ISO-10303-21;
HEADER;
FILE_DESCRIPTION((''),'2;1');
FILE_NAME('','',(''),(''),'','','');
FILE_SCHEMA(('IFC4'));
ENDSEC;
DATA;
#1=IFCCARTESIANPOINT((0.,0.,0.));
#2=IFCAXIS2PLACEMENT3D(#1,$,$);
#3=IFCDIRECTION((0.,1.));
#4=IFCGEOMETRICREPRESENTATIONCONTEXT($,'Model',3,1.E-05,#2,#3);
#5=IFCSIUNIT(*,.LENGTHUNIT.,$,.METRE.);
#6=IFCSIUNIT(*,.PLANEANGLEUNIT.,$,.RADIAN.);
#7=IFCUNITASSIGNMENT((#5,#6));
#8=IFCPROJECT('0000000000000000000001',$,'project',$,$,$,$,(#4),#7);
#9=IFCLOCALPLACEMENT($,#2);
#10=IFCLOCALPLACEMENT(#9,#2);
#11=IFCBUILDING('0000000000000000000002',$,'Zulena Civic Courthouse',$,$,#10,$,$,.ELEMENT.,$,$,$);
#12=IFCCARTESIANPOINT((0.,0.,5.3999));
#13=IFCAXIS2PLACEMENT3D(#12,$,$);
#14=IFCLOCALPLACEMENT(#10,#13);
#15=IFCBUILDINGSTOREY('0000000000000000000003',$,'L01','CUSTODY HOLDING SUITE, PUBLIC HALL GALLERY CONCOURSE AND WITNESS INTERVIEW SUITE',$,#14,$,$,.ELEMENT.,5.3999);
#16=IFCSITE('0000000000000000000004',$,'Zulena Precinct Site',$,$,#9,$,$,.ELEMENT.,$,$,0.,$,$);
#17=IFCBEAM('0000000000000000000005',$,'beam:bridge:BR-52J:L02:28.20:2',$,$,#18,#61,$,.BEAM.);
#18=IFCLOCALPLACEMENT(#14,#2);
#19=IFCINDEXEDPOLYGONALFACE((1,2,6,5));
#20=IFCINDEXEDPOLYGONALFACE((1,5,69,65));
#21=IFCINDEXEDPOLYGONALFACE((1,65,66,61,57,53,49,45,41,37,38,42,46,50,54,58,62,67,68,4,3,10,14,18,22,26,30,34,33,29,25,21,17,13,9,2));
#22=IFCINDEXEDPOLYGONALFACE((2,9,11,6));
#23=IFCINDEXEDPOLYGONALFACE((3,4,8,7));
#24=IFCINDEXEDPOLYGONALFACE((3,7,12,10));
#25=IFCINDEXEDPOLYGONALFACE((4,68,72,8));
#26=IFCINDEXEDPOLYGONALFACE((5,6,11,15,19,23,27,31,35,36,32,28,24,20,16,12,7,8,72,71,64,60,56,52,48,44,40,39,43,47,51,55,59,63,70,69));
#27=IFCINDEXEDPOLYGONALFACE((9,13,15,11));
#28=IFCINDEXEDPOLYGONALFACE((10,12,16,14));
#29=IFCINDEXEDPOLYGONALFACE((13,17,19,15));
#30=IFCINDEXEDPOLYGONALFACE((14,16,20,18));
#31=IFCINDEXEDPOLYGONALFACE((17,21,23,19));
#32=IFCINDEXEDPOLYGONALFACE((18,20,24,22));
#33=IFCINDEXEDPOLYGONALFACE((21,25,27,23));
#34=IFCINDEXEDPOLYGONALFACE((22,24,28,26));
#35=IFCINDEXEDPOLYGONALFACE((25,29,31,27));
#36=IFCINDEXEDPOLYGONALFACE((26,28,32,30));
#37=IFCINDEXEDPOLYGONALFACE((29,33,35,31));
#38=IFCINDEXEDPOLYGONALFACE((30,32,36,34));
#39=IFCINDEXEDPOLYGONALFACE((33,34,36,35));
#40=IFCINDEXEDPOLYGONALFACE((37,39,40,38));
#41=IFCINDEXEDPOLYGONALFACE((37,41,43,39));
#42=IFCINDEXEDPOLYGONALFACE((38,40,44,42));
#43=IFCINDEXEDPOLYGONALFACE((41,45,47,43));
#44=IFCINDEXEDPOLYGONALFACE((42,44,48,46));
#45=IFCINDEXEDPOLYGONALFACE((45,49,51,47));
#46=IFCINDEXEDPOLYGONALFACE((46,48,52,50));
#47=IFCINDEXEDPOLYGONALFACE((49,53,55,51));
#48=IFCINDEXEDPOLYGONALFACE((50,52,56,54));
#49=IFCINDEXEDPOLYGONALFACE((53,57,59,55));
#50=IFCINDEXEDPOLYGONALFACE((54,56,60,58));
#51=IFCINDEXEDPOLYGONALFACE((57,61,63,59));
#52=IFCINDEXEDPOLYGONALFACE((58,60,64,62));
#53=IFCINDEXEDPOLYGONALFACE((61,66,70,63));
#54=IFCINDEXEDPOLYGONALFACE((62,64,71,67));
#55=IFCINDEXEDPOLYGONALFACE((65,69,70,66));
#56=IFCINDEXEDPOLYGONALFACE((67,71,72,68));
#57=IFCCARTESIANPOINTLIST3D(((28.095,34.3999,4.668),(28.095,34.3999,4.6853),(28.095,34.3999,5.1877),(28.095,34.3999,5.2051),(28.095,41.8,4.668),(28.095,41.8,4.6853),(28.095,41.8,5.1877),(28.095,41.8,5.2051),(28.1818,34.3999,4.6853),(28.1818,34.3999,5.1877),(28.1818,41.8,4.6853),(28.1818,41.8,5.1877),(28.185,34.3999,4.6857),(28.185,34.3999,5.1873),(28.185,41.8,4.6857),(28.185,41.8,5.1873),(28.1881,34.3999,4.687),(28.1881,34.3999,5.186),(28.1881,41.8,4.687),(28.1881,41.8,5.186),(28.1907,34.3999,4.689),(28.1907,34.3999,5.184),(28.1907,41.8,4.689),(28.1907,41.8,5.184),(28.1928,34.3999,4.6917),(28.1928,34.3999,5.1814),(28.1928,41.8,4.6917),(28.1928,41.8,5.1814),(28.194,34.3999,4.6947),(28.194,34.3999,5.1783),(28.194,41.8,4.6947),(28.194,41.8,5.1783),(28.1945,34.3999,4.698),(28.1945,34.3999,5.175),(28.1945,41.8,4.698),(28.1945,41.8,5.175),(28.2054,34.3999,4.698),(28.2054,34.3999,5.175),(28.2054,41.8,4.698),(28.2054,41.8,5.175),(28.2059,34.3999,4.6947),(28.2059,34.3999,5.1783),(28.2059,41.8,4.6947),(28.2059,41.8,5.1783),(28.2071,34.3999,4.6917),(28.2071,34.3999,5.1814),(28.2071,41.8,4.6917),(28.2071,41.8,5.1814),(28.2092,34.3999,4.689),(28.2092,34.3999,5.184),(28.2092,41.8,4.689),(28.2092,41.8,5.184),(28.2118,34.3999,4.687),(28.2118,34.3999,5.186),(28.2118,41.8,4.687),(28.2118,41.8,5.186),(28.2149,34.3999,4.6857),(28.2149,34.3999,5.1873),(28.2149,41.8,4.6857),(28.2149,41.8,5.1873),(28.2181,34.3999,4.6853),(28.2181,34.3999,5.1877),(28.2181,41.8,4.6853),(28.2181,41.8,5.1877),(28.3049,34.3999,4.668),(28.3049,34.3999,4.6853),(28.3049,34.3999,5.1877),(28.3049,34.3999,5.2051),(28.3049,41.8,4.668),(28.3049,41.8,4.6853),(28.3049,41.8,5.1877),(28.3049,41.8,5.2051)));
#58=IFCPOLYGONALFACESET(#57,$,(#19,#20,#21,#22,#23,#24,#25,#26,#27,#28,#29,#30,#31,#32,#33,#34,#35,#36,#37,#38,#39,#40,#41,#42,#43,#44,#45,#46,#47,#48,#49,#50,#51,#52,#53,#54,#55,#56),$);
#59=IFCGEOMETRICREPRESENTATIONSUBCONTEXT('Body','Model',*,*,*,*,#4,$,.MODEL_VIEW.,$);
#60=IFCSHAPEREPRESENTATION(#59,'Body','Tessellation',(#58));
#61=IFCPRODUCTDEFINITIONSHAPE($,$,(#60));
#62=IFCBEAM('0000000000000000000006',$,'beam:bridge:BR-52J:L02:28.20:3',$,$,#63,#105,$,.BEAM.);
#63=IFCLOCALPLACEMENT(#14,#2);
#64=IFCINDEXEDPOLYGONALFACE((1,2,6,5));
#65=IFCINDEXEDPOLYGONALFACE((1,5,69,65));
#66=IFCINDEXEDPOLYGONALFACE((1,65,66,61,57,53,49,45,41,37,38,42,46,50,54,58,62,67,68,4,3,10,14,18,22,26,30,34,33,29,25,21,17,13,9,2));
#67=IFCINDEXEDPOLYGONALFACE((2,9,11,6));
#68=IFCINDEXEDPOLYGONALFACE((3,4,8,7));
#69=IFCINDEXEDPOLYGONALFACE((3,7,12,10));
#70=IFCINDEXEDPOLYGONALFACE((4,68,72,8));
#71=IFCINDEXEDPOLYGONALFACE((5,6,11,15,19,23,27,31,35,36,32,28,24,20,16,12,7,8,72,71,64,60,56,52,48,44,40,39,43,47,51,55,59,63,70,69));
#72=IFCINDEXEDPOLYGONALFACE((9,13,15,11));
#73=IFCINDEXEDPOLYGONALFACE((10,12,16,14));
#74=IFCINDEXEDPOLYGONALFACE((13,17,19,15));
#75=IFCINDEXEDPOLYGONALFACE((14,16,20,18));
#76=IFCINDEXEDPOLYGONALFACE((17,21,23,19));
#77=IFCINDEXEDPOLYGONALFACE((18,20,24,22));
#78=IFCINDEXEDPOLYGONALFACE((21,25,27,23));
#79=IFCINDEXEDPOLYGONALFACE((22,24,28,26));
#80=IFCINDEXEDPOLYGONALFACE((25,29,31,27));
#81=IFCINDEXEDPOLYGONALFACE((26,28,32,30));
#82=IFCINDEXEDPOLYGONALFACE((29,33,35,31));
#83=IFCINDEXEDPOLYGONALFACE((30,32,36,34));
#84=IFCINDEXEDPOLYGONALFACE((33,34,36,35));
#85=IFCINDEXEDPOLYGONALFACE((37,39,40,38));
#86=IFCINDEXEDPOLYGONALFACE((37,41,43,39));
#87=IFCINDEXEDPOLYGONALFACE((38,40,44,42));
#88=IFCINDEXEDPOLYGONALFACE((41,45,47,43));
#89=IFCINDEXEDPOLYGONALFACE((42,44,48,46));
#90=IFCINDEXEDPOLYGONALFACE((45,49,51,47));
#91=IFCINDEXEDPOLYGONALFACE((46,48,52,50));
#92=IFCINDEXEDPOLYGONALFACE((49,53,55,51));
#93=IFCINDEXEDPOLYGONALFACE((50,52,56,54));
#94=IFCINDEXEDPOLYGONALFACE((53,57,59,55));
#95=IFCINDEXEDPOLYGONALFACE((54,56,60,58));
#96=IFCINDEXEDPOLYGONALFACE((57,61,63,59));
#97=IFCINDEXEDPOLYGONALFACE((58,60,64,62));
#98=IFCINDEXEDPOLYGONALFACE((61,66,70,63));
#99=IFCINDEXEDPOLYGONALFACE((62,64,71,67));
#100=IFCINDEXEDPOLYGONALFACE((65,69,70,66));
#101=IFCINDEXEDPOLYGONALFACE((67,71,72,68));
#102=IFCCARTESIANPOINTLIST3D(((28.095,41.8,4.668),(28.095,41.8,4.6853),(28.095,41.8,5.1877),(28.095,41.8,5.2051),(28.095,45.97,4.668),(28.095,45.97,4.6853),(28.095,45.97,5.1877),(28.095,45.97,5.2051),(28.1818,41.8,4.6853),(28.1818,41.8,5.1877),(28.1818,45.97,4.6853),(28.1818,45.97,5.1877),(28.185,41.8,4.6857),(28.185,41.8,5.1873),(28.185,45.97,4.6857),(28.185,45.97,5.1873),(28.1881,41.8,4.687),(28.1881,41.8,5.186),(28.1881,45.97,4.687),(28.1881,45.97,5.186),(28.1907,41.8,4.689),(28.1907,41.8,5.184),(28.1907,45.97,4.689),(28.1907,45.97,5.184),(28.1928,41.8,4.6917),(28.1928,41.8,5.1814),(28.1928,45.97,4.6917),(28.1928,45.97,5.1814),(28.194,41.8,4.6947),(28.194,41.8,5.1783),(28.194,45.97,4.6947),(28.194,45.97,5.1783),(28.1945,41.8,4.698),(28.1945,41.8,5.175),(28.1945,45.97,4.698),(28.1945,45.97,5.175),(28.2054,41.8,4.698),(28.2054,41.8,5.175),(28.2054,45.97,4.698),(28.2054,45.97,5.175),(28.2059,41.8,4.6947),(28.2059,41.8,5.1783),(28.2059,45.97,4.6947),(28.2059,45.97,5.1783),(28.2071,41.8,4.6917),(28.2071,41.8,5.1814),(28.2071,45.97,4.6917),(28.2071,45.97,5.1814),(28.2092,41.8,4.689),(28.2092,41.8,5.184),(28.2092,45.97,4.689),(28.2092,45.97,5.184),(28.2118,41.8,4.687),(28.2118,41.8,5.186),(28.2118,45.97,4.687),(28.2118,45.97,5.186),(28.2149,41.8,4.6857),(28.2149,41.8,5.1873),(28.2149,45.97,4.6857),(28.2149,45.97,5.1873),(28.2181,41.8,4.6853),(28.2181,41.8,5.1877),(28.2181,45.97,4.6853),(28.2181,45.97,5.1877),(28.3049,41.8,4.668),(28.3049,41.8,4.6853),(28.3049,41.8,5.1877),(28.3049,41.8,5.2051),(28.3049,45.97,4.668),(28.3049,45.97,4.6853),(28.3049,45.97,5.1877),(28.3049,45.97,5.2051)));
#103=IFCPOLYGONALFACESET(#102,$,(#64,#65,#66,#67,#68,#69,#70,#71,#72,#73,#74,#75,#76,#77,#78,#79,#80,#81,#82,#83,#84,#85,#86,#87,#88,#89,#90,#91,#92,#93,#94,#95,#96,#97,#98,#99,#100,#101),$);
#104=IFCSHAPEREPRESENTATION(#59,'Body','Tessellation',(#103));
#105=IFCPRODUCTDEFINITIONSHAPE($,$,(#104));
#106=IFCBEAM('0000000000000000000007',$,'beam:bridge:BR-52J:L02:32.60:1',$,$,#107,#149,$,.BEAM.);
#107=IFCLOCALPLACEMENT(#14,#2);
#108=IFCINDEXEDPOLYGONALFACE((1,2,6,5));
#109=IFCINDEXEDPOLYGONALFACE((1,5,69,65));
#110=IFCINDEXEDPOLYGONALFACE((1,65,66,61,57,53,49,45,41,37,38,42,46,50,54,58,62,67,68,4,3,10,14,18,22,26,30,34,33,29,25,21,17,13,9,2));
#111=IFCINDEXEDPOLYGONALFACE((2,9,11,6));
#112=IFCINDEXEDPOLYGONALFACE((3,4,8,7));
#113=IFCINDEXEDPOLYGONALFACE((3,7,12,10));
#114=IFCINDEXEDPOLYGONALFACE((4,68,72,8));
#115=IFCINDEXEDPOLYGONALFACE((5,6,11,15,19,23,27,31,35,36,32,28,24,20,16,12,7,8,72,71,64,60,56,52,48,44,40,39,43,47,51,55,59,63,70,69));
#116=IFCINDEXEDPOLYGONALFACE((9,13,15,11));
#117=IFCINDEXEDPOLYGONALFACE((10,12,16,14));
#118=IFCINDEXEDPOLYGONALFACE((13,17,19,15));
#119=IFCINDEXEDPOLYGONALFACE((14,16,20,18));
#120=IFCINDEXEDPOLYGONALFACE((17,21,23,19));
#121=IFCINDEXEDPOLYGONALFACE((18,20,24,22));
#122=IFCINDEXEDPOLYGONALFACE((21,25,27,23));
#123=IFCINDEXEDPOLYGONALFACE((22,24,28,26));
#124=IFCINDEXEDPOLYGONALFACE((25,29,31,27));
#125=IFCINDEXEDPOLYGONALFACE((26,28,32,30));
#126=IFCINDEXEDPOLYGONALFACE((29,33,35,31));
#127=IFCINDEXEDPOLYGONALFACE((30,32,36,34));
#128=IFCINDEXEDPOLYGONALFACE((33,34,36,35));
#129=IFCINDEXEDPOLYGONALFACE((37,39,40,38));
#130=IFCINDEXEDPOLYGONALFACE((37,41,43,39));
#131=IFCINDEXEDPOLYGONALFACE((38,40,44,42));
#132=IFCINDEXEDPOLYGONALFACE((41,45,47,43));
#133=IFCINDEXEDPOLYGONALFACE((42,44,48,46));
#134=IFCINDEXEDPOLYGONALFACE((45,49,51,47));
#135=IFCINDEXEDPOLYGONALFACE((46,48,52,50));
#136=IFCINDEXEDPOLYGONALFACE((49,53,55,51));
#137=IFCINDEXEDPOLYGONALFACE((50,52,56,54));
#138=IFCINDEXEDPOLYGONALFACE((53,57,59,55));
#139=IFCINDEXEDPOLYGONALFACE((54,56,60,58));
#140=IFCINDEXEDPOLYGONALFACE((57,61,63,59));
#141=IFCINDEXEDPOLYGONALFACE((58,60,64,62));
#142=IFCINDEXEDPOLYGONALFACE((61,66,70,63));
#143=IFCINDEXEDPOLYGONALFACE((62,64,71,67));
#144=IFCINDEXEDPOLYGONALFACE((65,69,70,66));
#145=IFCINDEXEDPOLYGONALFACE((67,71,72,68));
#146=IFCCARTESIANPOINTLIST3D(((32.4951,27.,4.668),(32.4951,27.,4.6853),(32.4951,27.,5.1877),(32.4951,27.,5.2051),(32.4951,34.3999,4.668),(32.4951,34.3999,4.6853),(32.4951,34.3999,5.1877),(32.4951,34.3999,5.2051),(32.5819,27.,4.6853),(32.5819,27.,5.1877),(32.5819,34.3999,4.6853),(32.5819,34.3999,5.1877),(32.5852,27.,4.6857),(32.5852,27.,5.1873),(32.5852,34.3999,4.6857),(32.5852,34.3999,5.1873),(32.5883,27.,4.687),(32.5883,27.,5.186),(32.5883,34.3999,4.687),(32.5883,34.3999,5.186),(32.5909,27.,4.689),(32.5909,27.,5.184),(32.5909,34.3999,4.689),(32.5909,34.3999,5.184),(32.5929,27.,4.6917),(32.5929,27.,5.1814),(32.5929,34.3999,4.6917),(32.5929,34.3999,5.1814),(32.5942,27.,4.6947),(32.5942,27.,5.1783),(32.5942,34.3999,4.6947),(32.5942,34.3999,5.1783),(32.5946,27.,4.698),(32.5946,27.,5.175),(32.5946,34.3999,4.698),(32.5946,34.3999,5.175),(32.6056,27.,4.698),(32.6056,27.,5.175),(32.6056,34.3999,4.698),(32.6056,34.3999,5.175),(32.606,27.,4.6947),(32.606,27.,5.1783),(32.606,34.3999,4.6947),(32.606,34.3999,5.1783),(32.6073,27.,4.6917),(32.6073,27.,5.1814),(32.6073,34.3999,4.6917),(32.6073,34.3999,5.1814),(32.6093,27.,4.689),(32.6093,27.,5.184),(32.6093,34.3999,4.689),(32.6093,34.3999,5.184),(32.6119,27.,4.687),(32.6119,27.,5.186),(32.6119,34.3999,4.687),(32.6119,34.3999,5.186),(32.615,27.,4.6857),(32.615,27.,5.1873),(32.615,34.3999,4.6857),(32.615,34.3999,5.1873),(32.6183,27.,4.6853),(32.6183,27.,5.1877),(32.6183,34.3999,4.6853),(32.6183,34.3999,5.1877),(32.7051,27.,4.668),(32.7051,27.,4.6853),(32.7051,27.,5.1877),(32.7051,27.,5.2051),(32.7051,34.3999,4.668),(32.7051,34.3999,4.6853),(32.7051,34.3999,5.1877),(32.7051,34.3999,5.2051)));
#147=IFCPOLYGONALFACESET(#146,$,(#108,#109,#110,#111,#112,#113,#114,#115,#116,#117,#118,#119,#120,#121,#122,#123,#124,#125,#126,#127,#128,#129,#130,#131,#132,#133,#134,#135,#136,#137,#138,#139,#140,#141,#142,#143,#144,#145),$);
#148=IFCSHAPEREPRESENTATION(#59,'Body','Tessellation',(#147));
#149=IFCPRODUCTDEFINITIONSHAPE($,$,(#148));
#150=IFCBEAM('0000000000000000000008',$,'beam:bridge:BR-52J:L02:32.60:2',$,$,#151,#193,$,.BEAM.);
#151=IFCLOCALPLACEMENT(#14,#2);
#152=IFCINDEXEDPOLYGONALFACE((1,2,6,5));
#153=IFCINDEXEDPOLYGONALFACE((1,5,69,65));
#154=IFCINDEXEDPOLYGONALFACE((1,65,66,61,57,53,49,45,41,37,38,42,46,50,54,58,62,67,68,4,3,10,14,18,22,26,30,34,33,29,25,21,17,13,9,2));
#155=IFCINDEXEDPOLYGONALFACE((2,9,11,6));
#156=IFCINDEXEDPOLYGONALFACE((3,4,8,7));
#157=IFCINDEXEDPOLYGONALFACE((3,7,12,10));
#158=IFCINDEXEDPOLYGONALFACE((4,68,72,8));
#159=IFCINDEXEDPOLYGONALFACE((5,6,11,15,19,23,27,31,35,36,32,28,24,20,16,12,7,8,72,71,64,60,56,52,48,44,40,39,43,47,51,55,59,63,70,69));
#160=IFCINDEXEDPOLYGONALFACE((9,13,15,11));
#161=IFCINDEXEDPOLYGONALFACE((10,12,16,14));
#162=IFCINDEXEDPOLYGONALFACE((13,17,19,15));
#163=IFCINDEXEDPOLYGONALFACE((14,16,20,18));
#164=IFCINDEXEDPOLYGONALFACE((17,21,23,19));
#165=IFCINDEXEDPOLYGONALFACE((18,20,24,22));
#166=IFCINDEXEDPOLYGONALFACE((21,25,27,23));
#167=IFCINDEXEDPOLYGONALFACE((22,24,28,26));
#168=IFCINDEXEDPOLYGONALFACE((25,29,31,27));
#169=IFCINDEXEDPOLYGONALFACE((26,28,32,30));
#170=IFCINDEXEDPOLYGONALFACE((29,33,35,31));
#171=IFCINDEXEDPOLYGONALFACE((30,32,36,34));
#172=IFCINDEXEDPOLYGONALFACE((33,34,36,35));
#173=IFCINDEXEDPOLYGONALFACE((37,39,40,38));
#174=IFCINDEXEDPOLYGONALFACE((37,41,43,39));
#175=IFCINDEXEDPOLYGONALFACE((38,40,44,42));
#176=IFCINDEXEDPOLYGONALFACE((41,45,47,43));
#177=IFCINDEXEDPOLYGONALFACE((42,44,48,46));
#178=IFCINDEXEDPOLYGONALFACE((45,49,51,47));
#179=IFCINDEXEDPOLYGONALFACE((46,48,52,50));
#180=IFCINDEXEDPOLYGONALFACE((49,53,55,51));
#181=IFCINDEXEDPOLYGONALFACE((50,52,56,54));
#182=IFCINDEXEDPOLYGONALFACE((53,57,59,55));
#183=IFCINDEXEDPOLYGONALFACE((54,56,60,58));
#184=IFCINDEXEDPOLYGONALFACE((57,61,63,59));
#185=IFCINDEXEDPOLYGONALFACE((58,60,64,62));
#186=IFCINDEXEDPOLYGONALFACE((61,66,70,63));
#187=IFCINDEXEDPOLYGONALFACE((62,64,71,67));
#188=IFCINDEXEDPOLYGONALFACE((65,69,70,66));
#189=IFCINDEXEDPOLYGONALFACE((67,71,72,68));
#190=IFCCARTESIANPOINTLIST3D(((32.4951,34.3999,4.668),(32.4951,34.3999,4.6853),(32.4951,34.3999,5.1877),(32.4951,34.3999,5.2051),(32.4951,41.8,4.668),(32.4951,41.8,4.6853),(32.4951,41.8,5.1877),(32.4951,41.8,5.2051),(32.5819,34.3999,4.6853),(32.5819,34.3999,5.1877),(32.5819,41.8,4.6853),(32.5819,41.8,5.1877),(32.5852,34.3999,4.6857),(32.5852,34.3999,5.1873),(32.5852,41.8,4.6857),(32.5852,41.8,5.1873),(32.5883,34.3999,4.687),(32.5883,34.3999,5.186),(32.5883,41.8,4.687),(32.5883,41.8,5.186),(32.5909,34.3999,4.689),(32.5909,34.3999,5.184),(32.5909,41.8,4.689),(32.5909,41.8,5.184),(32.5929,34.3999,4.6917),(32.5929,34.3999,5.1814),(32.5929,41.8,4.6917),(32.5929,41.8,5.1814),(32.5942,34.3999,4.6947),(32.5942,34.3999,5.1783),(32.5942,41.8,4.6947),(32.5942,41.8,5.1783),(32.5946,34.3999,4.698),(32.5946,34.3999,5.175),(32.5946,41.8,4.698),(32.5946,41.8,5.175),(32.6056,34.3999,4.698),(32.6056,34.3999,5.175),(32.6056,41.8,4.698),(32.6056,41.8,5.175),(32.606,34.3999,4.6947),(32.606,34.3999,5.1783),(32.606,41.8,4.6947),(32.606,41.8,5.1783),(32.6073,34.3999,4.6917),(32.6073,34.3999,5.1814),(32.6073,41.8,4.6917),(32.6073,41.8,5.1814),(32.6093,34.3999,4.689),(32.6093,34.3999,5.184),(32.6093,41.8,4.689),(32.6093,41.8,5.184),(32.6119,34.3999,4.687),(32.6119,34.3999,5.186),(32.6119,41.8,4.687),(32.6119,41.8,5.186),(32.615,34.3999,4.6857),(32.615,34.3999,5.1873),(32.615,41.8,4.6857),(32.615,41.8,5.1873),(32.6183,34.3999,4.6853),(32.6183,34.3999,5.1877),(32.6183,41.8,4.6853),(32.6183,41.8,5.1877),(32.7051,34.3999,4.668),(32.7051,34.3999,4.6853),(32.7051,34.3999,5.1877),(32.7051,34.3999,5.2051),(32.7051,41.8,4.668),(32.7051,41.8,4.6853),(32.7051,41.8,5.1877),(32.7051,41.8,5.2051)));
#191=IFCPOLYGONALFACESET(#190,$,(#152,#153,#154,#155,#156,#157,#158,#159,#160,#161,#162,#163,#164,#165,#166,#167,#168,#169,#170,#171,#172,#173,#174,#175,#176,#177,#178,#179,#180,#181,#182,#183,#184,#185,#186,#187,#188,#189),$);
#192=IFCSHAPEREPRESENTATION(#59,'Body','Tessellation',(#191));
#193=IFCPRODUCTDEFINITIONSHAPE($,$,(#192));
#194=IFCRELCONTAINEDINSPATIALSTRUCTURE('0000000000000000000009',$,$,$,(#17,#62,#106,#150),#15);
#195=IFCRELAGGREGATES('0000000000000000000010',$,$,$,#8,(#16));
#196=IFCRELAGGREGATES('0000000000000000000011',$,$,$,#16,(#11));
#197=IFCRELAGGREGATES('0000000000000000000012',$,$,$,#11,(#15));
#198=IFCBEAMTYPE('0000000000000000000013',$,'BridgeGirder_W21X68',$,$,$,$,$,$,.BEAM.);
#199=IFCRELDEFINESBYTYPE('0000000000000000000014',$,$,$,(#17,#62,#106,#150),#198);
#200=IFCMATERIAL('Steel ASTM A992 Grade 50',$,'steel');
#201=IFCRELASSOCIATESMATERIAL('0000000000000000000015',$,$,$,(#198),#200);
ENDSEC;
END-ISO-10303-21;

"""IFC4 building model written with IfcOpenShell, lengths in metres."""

from ifc_helpers import new_model, si_unit, direction, frame, origin, origin_2d, place, context, subcontext, project, spatial, i_section, extrude, material, material_profile, profile_set, type_object, element, save


model = new_model("IFC4")

# Units and contexts
model_context = context("Model", 3, precision=1e-05, world=origin(), true_north=direction((0.0, 1.0)))
body_context = subcontext(model_context, "Body", "Model", "MODEL_VIEW")
ifc_project = project(units=[si_unit("LENGTHUNIT", "METRE"), si_unit("PLANEANGLEUNIT", "RADIAN")], contexts=[model_context])

# Site, building, storey
site_placement = place(None, origin())
site = spatial("IfcSite", under=ifc_project, at=site_placement, Name="Zulena Precinct Site", CompositionType="ELEMENT", RefElevation=0.0)
building_placement = place(site_placement, origin())
building = spatial("IfcBuilding", under=site, at=building_placement, Name="Zulena Civic Courthouse", CompositionType="ELEMENT")
storey_placement = place(building_placement, frame((0.0, 0.0, 5.3999)))
storey = spatial("IfcBuildingStorey", under=building, at=storey_placement, Name="L01", Description="CUSTODY HOLDING SUITE, PUBLIC HALL GALLERY CONCOURSE AND WITNESS INTERVIEW SUITE", CompositionType="ELEMENT", Elevation=5.3999)

# Shared definitions
ifc_material_1 = material(Name="Steel ASTM A992 Grade 50", Category="steel")

# Beams
ifc_material_profile_1 = material_profile(ifc_material_1, i_section(OverallWidth=0.21, OverallDepth=0.5371, WebThickness=0.011, FlangeThickness=0.0173, FilletRadius=0.0127, at=origin_2d()), Name="W21X68")
ifc_profile_set_1 = profile_set([ifc_material_profile_1], Name="Steel ASTM A992 Grade 50")
beam_type_1 = type_object("IfcBeamType", Name="BridgeGirder_W21X68", PredefinedType="BEAM", material=ifc_profile_set_1)
beam_1_placement = place(storey_placement, frame((28.2, 34.3999, 4.9365), z_axis=(0.0, 1.0, 0.0), x_axis=(-1.0, 0.0, 0.0)))
element("IfcBeam", 1, at=beam_1_placement, inside=storey, type_object=beam_type_1, Name="beam:bridge:BR-52J:L02:28.20:2", PredefinedType="BEAM", context=body_context, shape_type="SweptSolid", body=[
    extrude(i_section(OverallWidth=0.21, OverallDepth=0.5371, WebThickness=0.011, FlangeThickness=0.0173, FilletRadius=0.0127, at=origin_2d()), origin(), (0.0, 0.0, 1.0), 7.4001),
])
beam_2_placement = place(storey_placement, frame((28.2, 41.8, 4.9365), z_axis=(0.0, 1.0, 0.0), x_axis=(-1.0, 0.0, 0.0)))
element("IfcBeam", 2, at=beam_2_placement, inside=storey, type_object=beam_type_1, Name="beam:bridge:BR-52J:L02:28.20:3", PredefinedType="BEAM", context=body_context, shape_type="SweptSolid", body=[
    extrude(i_section(OverallWidth=0.21, OverallDepth=0.5371, WebThickness=0.011, FlangeThickness=0.0173, FilletRadius=0.0127, at=origin_2d()), origin(), (0.0, 0.0, 1.0), 4.1699),
])
beam_3_placement = place(storey_placement, frame((32.6001, 27.0, 4.9365), z_axis=(0.0, 1.0, 0.0), x_axis=(-1.0, 0.0, 0.0)))
element("IfcBeam", 3, at=beam_3_placement, inside=storey, type_object=beam_type_1, Name="beam:bridge:BR-52J:L02:32.60:1", PredefinedType="BEAM", context=body_context, shape_type="SweptSolid", body=[
    extrude(i_section(OverallWidth=0.21, OverallDepth=0.5371, WebThickness=0.011, FlangeThickness=0.0173, FilletRadius=0.0127, at=origin_2d()), origin(), (0.0, 0.0, 1.0), 7.3999),
])
beam_4_placement = place(storey_placement, frame((32.6001, 34.3999, 4.9365), z_axis=(0.0, 1.0, 0.0), x_axis=(-1.0, 0.0, 0.0)))
element("IfcBeam", 4, at=beam_4_placement, inside=storey, type_object=beam_type_1, Name="beam:bridge:BR-52J:L02:32.60:2", PredefinedType="BEAM", context=body_context, shape_type="SweptSolid", body=[
    extrude(i_section(OverallWidth=0.21, OverallDepth=0.5371, WebThickness=0.011, FlangeThickness=0.0173, FilletRadius=0.0127, at=origin_2d()), origin(), (0.0, 0.0, 1.0), 7.4001),
])

save(model, "model.ifc")
